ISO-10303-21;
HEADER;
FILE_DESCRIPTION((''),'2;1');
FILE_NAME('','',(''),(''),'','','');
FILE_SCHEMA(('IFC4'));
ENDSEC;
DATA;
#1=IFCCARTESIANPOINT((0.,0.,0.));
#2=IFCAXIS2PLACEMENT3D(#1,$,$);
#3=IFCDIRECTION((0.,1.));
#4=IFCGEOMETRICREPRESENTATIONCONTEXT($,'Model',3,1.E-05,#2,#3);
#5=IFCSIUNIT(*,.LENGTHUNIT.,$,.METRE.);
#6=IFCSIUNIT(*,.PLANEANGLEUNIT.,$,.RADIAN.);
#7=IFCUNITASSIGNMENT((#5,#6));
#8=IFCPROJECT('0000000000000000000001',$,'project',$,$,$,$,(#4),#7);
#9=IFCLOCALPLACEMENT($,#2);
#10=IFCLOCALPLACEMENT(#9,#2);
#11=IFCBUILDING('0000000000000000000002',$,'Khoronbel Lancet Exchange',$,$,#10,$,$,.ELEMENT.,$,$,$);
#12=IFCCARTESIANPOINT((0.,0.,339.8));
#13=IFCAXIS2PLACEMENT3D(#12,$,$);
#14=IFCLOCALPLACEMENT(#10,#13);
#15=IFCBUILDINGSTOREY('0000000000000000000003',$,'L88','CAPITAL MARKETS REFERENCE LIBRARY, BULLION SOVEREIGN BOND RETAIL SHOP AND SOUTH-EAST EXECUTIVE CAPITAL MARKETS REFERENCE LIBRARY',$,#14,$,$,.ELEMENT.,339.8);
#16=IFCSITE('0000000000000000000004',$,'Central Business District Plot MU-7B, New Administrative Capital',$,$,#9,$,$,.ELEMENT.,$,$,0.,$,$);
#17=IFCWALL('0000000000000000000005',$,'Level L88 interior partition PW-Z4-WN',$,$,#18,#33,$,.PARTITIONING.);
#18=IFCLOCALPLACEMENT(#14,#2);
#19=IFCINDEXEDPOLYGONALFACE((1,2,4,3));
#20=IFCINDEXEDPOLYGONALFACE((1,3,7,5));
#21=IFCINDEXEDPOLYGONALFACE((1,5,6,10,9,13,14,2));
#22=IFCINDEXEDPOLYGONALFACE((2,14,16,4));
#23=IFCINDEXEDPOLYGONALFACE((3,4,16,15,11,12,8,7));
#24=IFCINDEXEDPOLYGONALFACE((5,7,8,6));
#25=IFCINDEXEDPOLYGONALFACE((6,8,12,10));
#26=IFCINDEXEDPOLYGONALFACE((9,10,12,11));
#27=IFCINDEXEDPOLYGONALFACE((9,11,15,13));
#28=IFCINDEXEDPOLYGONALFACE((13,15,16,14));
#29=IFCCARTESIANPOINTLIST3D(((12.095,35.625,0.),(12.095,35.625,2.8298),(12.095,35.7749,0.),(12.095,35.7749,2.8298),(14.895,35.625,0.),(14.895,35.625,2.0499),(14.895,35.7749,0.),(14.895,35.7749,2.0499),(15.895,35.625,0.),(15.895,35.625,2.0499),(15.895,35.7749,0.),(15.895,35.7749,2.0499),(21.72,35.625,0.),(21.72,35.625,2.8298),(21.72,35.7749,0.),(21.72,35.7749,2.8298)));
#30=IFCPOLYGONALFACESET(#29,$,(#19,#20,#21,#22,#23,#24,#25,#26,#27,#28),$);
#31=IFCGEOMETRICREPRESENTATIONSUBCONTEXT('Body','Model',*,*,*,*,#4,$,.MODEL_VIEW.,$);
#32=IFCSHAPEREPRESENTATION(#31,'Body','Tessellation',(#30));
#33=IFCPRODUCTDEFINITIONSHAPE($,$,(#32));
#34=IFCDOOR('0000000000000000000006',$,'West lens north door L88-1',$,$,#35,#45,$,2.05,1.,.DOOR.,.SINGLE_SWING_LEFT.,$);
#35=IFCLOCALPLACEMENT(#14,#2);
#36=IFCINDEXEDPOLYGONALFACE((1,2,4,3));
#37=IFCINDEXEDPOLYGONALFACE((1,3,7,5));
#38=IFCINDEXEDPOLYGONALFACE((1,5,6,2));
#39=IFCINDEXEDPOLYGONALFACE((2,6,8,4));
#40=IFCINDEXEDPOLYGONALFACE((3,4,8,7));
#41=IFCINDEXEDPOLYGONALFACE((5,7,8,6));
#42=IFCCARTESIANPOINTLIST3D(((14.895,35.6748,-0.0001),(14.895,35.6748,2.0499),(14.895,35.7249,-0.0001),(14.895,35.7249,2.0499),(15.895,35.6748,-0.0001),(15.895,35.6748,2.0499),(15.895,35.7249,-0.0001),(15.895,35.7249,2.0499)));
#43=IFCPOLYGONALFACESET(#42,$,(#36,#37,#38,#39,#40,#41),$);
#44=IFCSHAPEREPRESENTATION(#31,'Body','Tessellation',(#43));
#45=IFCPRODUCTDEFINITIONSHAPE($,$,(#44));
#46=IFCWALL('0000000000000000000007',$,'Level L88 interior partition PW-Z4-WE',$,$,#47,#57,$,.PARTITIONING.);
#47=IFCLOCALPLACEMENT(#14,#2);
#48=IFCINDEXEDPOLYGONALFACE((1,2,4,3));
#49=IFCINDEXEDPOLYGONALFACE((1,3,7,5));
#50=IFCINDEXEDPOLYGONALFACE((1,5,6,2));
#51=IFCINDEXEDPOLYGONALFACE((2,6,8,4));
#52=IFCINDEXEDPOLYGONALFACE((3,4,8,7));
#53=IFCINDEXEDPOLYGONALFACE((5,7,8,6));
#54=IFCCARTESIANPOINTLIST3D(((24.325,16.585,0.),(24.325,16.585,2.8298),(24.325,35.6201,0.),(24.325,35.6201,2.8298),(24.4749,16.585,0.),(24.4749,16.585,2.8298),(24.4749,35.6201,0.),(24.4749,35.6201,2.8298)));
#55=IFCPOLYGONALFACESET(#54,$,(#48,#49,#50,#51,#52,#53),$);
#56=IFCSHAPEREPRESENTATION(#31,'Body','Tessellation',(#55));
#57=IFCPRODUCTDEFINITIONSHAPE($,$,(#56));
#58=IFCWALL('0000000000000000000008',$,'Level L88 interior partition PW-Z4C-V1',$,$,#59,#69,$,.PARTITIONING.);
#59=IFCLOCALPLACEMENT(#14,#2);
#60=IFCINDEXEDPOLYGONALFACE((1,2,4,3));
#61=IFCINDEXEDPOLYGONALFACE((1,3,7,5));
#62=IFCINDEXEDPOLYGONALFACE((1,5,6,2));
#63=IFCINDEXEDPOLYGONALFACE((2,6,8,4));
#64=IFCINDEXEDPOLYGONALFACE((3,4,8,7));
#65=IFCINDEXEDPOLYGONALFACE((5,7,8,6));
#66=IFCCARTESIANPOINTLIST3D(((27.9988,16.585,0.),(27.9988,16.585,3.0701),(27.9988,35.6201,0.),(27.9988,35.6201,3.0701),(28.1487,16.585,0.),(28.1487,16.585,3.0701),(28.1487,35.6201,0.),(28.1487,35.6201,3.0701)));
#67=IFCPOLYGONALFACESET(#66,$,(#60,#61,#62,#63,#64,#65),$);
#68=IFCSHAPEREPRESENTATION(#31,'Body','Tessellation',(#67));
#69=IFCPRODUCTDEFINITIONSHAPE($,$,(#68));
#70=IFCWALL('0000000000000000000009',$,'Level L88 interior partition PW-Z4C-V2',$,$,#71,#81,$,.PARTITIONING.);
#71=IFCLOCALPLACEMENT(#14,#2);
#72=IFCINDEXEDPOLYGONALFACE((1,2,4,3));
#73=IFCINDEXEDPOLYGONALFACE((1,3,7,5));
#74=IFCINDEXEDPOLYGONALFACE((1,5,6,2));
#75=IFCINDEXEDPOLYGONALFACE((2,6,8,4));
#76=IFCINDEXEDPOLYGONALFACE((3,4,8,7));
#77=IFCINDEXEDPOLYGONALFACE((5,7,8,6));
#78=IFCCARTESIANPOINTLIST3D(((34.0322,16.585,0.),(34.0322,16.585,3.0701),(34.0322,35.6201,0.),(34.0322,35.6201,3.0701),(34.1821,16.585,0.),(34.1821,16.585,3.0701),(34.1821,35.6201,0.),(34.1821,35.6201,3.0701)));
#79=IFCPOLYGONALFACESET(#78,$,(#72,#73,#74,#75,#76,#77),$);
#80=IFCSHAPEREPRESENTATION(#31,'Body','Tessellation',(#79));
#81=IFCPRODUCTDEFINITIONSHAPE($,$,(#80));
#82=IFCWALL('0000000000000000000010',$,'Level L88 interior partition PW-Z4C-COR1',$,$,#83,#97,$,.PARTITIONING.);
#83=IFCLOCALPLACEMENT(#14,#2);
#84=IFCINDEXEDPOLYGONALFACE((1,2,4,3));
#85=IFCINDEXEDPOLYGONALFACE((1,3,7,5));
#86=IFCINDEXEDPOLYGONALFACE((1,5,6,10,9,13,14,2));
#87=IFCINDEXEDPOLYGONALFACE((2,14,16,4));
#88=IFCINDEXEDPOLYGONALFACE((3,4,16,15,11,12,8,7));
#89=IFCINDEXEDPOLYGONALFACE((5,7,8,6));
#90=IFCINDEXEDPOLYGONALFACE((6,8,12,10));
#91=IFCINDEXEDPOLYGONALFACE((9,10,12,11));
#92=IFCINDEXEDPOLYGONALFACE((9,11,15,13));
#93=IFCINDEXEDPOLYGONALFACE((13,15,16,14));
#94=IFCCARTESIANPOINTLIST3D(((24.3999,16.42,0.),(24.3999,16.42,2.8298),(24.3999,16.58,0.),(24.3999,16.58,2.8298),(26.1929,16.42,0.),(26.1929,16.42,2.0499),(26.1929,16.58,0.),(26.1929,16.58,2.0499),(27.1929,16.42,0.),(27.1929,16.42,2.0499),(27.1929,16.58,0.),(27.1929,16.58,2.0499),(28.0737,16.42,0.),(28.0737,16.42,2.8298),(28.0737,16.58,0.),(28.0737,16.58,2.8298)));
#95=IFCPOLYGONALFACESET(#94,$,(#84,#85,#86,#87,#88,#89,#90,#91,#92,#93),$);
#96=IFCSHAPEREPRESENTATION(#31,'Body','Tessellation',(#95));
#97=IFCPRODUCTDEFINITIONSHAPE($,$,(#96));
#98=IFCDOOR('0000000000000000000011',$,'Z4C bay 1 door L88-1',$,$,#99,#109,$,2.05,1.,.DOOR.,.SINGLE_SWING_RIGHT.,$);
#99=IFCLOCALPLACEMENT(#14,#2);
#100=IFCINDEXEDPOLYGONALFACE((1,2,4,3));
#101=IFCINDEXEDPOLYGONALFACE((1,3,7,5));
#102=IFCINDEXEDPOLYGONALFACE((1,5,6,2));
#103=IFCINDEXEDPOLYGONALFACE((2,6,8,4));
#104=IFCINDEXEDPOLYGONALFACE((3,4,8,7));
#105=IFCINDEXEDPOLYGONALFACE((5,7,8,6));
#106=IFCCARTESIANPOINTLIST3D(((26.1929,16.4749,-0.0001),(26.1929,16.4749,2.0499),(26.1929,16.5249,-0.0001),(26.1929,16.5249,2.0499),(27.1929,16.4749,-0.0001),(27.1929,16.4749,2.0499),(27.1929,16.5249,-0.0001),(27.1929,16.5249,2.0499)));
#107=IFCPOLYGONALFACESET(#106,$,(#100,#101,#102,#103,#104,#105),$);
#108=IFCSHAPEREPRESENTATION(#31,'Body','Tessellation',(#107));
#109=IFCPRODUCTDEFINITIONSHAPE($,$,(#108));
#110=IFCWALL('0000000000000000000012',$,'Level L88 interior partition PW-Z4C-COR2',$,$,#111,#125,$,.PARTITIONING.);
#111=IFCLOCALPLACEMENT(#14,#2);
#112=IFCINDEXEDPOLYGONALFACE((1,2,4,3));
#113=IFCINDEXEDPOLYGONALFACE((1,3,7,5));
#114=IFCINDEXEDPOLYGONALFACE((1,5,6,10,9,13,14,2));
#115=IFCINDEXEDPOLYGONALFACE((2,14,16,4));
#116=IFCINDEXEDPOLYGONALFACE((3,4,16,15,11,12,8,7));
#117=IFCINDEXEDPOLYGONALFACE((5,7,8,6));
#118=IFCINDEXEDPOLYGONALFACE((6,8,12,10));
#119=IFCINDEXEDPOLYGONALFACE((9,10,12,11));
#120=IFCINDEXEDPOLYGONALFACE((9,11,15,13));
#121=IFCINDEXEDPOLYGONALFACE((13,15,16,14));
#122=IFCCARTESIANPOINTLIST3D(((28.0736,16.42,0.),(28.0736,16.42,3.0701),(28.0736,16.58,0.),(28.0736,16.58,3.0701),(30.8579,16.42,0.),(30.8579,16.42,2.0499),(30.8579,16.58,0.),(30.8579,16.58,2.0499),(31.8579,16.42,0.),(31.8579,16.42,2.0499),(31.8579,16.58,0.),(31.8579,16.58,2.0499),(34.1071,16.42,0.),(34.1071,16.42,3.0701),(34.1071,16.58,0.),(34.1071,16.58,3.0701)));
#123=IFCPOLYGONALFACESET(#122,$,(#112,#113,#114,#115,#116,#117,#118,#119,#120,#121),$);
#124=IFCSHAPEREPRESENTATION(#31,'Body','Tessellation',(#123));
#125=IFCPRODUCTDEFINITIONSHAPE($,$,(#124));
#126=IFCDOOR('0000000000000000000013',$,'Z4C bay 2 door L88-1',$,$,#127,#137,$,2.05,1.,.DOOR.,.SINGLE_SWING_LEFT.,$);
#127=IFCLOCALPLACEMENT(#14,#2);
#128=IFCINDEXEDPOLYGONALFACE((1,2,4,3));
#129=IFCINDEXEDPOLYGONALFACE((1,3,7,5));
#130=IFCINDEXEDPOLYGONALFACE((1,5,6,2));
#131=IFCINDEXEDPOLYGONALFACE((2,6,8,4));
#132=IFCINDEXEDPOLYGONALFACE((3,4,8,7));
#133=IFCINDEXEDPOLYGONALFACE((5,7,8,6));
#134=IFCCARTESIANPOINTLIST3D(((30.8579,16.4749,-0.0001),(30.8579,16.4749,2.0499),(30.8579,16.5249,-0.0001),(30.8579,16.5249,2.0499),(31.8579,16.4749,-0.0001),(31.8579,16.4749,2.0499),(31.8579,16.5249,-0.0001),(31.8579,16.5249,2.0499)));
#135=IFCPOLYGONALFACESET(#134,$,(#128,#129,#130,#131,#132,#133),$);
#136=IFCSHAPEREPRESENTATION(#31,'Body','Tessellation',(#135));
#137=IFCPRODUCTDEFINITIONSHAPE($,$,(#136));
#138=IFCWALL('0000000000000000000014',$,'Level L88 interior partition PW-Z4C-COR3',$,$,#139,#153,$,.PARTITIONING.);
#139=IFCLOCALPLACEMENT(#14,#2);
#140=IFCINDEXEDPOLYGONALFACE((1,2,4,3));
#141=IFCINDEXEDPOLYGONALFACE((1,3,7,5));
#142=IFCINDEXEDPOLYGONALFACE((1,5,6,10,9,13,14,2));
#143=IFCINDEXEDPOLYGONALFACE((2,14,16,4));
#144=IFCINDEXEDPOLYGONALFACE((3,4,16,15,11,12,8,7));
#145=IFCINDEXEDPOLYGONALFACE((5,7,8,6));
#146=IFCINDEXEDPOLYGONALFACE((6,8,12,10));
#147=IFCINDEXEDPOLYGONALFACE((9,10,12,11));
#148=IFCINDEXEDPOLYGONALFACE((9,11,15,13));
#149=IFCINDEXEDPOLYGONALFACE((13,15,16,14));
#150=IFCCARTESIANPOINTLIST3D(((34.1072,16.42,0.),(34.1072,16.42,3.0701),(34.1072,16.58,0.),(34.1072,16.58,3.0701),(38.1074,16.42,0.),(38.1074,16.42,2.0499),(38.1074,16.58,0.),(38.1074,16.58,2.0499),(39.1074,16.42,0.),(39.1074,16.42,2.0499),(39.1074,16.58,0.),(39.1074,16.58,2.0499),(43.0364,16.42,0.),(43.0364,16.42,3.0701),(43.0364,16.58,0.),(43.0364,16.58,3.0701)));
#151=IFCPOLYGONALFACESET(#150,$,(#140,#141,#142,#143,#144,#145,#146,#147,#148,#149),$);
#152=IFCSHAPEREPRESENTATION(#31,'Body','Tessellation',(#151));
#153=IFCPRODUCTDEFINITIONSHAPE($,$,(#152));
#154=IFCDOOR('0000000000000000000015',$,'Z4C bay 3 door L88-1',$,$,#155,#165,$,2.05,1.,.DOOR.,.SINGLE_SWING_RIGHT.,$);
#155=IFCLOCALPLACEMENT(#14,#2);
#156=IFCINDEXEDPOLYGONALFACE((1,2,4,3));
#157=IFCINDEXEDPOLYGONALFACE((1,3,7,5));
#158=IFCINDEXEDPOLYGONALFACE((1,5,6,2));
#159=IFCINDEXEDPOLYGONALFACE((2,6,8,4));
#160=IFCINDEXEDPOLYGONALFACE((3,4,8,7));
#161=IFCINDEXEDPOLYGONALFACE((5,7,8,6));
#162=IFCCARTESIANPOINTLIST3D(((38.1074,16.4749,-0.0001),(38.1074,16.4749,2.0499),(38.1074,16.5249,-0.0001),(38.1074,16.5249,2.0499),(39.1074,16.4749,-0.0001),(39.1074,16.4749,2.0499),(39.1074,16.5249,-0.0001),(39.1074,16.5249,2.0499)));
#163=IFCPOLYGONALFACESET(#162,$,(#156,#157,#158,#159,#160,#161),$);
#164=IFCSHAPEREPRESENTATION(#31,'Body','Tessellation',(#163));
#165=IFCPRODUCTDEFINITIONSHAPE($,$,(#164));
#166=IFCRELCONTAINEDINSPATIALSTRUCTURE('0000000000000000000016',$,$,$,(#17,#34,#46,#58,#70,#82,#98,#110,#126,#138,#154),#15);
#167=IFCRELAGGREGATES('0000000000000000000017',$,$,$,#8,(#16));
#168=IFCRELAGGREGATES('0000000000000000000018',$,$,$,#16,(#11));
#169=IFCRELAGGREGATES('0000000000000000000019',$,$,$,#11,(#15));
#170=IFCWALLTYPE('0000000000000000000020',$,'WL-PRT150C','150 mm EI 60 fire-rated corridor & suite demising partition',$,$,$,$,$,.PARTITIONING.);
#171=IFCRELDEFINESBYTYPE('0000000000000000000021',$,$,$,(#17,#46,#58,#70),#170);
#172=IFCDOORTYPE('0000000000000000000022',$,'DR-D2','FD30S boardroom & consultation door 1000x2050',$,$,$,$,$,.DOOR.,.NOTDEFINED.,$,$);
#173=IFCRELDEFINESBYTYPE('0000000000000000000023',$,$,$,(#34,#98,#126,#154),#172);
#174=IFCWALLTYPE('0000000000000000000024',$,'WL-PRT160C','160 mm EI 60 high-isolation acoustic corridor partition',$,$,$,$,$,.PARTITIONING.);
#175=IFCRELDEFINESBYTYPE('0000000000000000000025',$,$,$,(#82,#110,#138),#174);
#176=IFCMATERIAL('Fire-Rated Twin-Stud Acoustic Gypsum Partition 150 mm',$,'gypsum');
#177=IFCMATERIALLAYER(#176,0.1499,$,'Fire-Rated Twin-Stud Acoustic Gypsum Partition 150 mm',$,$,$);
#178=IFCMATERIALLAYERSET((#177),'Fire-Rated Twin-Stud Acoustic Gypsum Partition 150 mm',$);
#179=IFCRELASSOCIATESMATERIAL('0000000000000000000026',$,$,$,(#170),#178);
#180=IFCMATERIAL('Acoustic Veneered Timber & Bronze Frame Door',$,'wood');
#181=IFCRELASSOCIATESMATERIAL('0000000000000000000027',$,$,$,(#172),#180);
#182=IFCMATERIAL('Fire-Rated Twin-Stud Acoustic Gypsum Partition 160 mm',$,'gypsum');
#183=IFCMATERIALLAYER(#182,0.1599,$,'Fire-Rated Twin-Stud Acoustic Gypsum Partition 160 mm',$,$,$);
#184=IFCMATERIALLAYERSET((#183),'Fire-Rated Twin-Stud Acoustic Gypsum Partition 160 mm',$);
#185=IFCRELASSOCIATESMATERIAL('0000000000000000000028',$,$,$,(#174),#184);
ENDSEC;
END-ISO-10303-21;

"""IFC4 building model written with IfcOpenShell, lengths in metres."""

from ifc_helpers import new_model, si_unit, direction, frame, frame_2d, origin, place, context, subcontext, project, spatial, rectangle, extrude, material, layer, layer_set, type_object, element, fill, save


model = new_model("IFC4")

# Units and contexts
model_context = context("Model", 3, precision=1e-05, world=origin(), true_north=direction((0.0, 1.0)))
body_context = subcontext(model_context, "Body", "Model", "MODEL_VIEW")
ifc_project = project(units=[si_unit("LENGTHUNIT", "METRE"), si_unit("PLANEANGLEUNIT", "RADIAN")], contexts=[model_context])

# Site, building, storey
site_placement = place(None, origin())
site = spatial("IfcSite", under=ifc_project, at=site_placement, Name="Central Business District Plot MU-7B, New Administrative Capital", CompositionType="ELEMENT", RefElevation=0.0)
building_placement = place(site_placement, origin())
building = spatial("IfcBuilding", under=site, at=building_placement, Name="Khoronbel Lancet Exchange", CompositionType="ELEMENT")
storey_placement = place(building_placement, frame((0.0, 0.0, 339.8)))
storey = spatial("IfcBuildingStorey", under=building, at=storey_placement, Name="L88", Description="CAPITAL MARKETS REFERENCE LIBRARY, BULLION SOVEREIGN BOND RETAIL SHOP AND SOUTH-EAST EXECUTIVE CAPITAL MARKETS REFERENCE LIBRARY", CompositionType="ELEMENT", Elevation=339.8)

# Wall, opening, door
ifc_material_1 = material(Name="Fire-Rated Twin-Stud Acoustic Gypsum Partition 150 mm", Category="gypsum")
ifc_layer_1 = layer(ifc_material_1, 0.1499, Name="Fire-Rated Twin-Stud Acoustic Gypsum Partition 150 mm")
ifc_layer_set_1 = layer_set([ifc_layer_1], Name="Fire-Rated Twin-Stud Acoustic Gypsum Partition 150 mm")
wall_type_1 = type_object("IfcWallType", Name="WL-PRT150C", Description="150 mm EI 60 fire-rated corridor & suite demising partition", PredefinedType="PARTITIONING", material=ifc_layer_set_1)
wall_1_placement = place(storey_placement, frame((12.095, 35.7, 0.0), z_axis=(0.0, 0.0, 1.0), x_axis=(1.0, 0.0, 0.0)))
wall_1 = element("IfcWall", 1, at=wall_1_placement, inside=storey, type_object=wall_type_1, Name="Level L88 interior partition PW-Z4-WN", PredefinedType="PARTITIONING", context=body_context, shape_type="SweptSolid", body=[
    extrude(rectangle(XDim=9.625, YDim=0.1499, at=frame_2d((4.8125, 0.0))), origin(), (0.0, 0.0, 1.0), 2.8298),
])
opening_1_placement = place(wall_1_placement, frame((2.8, 0.0, 0.0)))
opening_1 = element("IfcOpeningElement", 2, at=opening_1_placement, cuts=wall_1, PredefinedType="OPENING", context=body_context, shape_type="SweptSolid", body=[
    extrude(rectangle(XDim=1.0, YDim=2.05, at=frame_2d((0.5, 1.0249))), frame((0.0, 0.085, 0.0), z_axis=(0.0, -1.0, 0.0), x_axis=(1.0, 0.0, 0.0)), (0.0, 0.0, 1.0), 0.1699),
])
ifc_material_2 = material(Name="Acoustic Veneered Timber & Bronze Frame Door", Category="wood")
door_type_1 = type_object("IfcDoorType", Name="DR-D2", Description="FD30S boardroom & consultation door 1000x2050", OperationType="NOTDEFINED", PredefinedType="DOOR", material=ifc_material_2)
door_1_placement = place(opening_1_placement, origin())
door_1 = element("IfcDoor", 3, at=door_1_placement, inside=storey, type_object=door_type_1, Name="West lens north door L88-1", OperationType="SINGLE_SWING_LEFT", OverallHeight=2.05, OverallWidth=1.0, PredefinedType="DOOR", context=body_context, shape_type="SweptSolid", body=[
    extrude(rectangle(XDim=1.0, YDim=2.05, at=frame_2d((0.5, 1.0249))), frame((0.0, 0.0249, 0.0), z_axis=(0.0, -1.0, 0.0), x_axis=(1.0, 0.0, 0.0)), (0.0, 0.0, 1.0), 0.05),
])
fill(opening_1, door_1)

# Walls
wall_2_placement = place(storey_placement, frame((24.3999, 16.585, 0.0), z_axis=(0.0, 0.0, 1.0), x_axis=(0.0, 1.0, 0.0)))
element("IfcWall", 4, at=wall_2_placement, inside=storey, type_object=wall_type_1, Name="Level L88 interior partition PW-Z4-WE", PredefinedType="PARTITIONING", context=body_context, shape_type="SweptSolid", body=[
    extrude(rectangle(XDim=19.0352, YDim=0.1499, at=frame_2d((9.5176, 0.0))), origin(), (0.0, 0.0, 1.0), 2.8298),
])
for number, where, z_axis, x_axis, name in (
    (5, (28.0737, 16.585, 0.0), (0.0, 0.0, 1.0), (0.0, 1.0, 0.0), "Level L88 interior partition PW-Z4C-V1"),
    (6, (34.1072, 16.585, 0.0), (0.0, 0.0, 1.0), (0.0, 1.0, 0.0), "Level L88 interior partition PW-Z4C-V2"),
):
    element("IfcWall", number, at=place(storey_placement, frame(where, z_axis=z_axis, x_axis=x_axis)), inside=storey, type_object=wall_type_1, Name=name, PredefinedType="PARTITIONING", context=body_context, shape_type="SweptSolid", body=[
        extrude(rectangle(XDim=19.0352, YDim=0.1499, at=frame_2d((9.5176, 0.0))), origin(), (0.0, 0.0, 1.0), 3.0701),
    ])

# Walls, openings, doors
ifc_material_3 = material(Name="Fire-Rated Twin-Stud Acoustic Gypsum Partition 160 mm", Category="gypsum")
ifc_layer_2 = layer(ifc_material_3, 0.1599, Name="Fire-Rated Twin-Stud Acoustic Gypsum Partition 160 mm")
ifc_layer_set_2 = layer_set([ifc_layer_2], Name="Fire-Rated Twin-Stud Acoustic Gypsum Partition 160 mm")
wall_type_2 = type_object("IfcWallType", Name="WL-PRT160C", Description="160 mm EI 60 high-isolation acoustic corridor partition", PredefinedType="PARTITIONING", material=ifc_layer_set_2)
wall_3_placement = place(storey_placement, frame((24.3999, 16.5, 0.0), z_axis=(0.0, 0.0, 1.0), x_axis=(1.0, 0.0, 0.0)))
wall_3 = element("IfcWall", 7, at=wall_3_placement, inside=storey, type_object=wall_type_2, Name="Level L88 interior partition PW-Z4C-COR1", PredefinedType="PARTITIONING", context=body_context, shape_type="SweptSolid", body=[
    extrude(rectangle(XDim=3.6738, YDim=0.1599, at=frame_2d((1.8369, 0.0))), origin(), (0.0, 0.0, 1.0), 2.8298),
])
opening_2_placement = place(wall_3_placement, frame((1.793, 0.0, 0.0)))
opening_2 = element("IfcOpeningElement", 8, at=opening_2_placement, cuts=wall_3, PredefinedType="OPENING", context=body_context, shape_type="SweptSolid", body=[
    extrude(rectangle(XDim=1.0, YDim=2.05, at=frame_2d((0.5, 1.0249))), frame((0.0, 0.0898, 0.0), z_axis=(0.0, -1.0, 0.0), x_axis=(1.0, 0.0, 0.0)), (0.0, 0.0, 1.0), 0.1799),
])
door_2_placement = place(opening_2_placement, origin())
door_2 = element("IfcDoor", 9, at=door_2_placement, inside=storey, type_object=door_type_1, Name="Z4C bay 1 door L88-1", OperationType="SINGLE_SWING_RIGHT", OverallHeight=2.05, OverallWidth=1.0, PredefinedType="DOOR", context=body_context, shape_type="SweptSolid", body=[
    extrude(rectangle(XDim=1.0, YDim=2.05, at=frame_2d((0.5, 1.0249))), frame((0.0, 0.0249, 0.0), z_axis=(0.0, -1.0, 0.0), x_axis=(1.0, 0.0, 0.0)), (0.0, 0.0, 1.0), 0.05),
])
fill(opening_2, door_2)
wall_4_placement = place(storey_placement, frame((28.0737, 16.5, 0.0), z_axis=(0.0, 0.0, 1.0), x_axis=(1.0, 0.0, 0.0)))
wall_4 = element("IfcWall", 10, at=wall_4_placement, inside=storey, type_object=wall_type_2, Name="Level L88 interior partition PW-Z4C-COR2", PredefinedType="PARTITIONING", context=body_context, shape_type="SweptSolid", body=[
    extrude(rectangle(XDim=6.0334, YDim=0.1599, at=frame_2d((3.0166, 0.0))), origin(), (0.0, 0.0, 1.0), 3.0701),
])
opening_3_placement = place(wall_4_placement, frame((2.7842, 0.0, 0.0)))
opening_3 = element("IfcOpeningElement", 11, at=opening_3_placement, cuts=wall_4, PredefinedType="OPENING", context=body_context, shape_type="SweptSolid", body=[
    extrude(rectangle(XDim=1.0, YDim=2.05, at=frame_2d((0.5, 1.0249))), frame((0.0, 0.0898, 0.0), z_axis=(0.0, -1.0, 0.0), x_axis=(1.0, 0.0, 0.0)), (0.0, 0.0, 1.0), 0.1799),
])
door_3_placement = place(opening_3_placement, origin())
door_3 = element("IfcDoor", 12, at=door_3_placement, inside=storey, type_object=door_type_1, Name="Z4C bay 2 door L88-1", OperationType="SINGLE_SWING_LEFT", OverallHeight=2.05, OverallWidth=1.0, PredefinedType="DOOR", context=body_context, shape_type="SweptSolid", body=[
    extrude(rectangle(XDim=1.0, YDim=2.05, at=frame_2d((0.5, 1.0249))), frame((0.0, 0.0249, 0.0), z_axis=(0.0, -1.0, 0.0), x_axis=(1.0, 0.0, 0.0)), (0.0, 0.0, 1.0), 0.05),
])
fill(opening_3, door_3)
wall_5_placement = place(storey_placement, frame((34.1072, 16.5, 0.0), z_axis=(0.0, 0.0, 1.0), x_axis=(1.0, 0.0, 0.0)))
wall_5 = element("IfcWall", 13, at=wall_5_placement, inside=storey, type_object=wall_type_2, Name="Level L88 interior partition PW-Z4C-COR3", PredefinedType="PARTITIONING", context=body_context, shape_type="SweptSolid", body=[
    extrude(rectangle(XDim=8.9292, YDim=0.1599, at=frame_2d((4.4646, 0.0))), origin(), (0.0, 0.0, 1.0), 3.0701),
])
opening_4_placement = place(wall_5_placement, frame((4.0002, 0.0, 0.0)))
opening_4 = element("IfcOpeningElement", 14, at=opening_4_placement, cuts=wall_5, PredefinedType="OPENING", context=body_context, shape_type="SweptSolid", body=[
    extrude(rectangle(XDim=1.0, YDim=2.05, at=frame_2d((0.5, 1.0249))), frame((0.0, 0.0898, 0.0), z_axis=(0.0, -1.0, 0.0), x_axis=(1.0, 0.0, 0.0)), (0.0, 0.0, 1.0), 0.1799),
])
door_4_placement = place(opening_4_placement, origin())
door_4 = element("IfcDoor", 15, at=door_4_placement, inside=storey, type_object=door_type_1, Name="Z4C bay 3 door L88-1", OperationType="SINGLE_SWING_RIGHT", OverallHeight=2.05, OverallWidth=1.0, PredefinedType="DOOR", context=body_context, shape_type="SweptSolid", body=[
    extrude(rectangle(XDim=1.0, YDim=2.05, at=frame_2d((0.5, 1.0249))), frame((0.0, 0.0249, 0.0), z_axis=(0.0, -1.0, 0.0), x_axis=(1.0, 0.0, 0.0)), (0.0, 0.0, 1.0), 0.05),
])
fill(opening_4, door_4)

save(model, "model.ifc")
